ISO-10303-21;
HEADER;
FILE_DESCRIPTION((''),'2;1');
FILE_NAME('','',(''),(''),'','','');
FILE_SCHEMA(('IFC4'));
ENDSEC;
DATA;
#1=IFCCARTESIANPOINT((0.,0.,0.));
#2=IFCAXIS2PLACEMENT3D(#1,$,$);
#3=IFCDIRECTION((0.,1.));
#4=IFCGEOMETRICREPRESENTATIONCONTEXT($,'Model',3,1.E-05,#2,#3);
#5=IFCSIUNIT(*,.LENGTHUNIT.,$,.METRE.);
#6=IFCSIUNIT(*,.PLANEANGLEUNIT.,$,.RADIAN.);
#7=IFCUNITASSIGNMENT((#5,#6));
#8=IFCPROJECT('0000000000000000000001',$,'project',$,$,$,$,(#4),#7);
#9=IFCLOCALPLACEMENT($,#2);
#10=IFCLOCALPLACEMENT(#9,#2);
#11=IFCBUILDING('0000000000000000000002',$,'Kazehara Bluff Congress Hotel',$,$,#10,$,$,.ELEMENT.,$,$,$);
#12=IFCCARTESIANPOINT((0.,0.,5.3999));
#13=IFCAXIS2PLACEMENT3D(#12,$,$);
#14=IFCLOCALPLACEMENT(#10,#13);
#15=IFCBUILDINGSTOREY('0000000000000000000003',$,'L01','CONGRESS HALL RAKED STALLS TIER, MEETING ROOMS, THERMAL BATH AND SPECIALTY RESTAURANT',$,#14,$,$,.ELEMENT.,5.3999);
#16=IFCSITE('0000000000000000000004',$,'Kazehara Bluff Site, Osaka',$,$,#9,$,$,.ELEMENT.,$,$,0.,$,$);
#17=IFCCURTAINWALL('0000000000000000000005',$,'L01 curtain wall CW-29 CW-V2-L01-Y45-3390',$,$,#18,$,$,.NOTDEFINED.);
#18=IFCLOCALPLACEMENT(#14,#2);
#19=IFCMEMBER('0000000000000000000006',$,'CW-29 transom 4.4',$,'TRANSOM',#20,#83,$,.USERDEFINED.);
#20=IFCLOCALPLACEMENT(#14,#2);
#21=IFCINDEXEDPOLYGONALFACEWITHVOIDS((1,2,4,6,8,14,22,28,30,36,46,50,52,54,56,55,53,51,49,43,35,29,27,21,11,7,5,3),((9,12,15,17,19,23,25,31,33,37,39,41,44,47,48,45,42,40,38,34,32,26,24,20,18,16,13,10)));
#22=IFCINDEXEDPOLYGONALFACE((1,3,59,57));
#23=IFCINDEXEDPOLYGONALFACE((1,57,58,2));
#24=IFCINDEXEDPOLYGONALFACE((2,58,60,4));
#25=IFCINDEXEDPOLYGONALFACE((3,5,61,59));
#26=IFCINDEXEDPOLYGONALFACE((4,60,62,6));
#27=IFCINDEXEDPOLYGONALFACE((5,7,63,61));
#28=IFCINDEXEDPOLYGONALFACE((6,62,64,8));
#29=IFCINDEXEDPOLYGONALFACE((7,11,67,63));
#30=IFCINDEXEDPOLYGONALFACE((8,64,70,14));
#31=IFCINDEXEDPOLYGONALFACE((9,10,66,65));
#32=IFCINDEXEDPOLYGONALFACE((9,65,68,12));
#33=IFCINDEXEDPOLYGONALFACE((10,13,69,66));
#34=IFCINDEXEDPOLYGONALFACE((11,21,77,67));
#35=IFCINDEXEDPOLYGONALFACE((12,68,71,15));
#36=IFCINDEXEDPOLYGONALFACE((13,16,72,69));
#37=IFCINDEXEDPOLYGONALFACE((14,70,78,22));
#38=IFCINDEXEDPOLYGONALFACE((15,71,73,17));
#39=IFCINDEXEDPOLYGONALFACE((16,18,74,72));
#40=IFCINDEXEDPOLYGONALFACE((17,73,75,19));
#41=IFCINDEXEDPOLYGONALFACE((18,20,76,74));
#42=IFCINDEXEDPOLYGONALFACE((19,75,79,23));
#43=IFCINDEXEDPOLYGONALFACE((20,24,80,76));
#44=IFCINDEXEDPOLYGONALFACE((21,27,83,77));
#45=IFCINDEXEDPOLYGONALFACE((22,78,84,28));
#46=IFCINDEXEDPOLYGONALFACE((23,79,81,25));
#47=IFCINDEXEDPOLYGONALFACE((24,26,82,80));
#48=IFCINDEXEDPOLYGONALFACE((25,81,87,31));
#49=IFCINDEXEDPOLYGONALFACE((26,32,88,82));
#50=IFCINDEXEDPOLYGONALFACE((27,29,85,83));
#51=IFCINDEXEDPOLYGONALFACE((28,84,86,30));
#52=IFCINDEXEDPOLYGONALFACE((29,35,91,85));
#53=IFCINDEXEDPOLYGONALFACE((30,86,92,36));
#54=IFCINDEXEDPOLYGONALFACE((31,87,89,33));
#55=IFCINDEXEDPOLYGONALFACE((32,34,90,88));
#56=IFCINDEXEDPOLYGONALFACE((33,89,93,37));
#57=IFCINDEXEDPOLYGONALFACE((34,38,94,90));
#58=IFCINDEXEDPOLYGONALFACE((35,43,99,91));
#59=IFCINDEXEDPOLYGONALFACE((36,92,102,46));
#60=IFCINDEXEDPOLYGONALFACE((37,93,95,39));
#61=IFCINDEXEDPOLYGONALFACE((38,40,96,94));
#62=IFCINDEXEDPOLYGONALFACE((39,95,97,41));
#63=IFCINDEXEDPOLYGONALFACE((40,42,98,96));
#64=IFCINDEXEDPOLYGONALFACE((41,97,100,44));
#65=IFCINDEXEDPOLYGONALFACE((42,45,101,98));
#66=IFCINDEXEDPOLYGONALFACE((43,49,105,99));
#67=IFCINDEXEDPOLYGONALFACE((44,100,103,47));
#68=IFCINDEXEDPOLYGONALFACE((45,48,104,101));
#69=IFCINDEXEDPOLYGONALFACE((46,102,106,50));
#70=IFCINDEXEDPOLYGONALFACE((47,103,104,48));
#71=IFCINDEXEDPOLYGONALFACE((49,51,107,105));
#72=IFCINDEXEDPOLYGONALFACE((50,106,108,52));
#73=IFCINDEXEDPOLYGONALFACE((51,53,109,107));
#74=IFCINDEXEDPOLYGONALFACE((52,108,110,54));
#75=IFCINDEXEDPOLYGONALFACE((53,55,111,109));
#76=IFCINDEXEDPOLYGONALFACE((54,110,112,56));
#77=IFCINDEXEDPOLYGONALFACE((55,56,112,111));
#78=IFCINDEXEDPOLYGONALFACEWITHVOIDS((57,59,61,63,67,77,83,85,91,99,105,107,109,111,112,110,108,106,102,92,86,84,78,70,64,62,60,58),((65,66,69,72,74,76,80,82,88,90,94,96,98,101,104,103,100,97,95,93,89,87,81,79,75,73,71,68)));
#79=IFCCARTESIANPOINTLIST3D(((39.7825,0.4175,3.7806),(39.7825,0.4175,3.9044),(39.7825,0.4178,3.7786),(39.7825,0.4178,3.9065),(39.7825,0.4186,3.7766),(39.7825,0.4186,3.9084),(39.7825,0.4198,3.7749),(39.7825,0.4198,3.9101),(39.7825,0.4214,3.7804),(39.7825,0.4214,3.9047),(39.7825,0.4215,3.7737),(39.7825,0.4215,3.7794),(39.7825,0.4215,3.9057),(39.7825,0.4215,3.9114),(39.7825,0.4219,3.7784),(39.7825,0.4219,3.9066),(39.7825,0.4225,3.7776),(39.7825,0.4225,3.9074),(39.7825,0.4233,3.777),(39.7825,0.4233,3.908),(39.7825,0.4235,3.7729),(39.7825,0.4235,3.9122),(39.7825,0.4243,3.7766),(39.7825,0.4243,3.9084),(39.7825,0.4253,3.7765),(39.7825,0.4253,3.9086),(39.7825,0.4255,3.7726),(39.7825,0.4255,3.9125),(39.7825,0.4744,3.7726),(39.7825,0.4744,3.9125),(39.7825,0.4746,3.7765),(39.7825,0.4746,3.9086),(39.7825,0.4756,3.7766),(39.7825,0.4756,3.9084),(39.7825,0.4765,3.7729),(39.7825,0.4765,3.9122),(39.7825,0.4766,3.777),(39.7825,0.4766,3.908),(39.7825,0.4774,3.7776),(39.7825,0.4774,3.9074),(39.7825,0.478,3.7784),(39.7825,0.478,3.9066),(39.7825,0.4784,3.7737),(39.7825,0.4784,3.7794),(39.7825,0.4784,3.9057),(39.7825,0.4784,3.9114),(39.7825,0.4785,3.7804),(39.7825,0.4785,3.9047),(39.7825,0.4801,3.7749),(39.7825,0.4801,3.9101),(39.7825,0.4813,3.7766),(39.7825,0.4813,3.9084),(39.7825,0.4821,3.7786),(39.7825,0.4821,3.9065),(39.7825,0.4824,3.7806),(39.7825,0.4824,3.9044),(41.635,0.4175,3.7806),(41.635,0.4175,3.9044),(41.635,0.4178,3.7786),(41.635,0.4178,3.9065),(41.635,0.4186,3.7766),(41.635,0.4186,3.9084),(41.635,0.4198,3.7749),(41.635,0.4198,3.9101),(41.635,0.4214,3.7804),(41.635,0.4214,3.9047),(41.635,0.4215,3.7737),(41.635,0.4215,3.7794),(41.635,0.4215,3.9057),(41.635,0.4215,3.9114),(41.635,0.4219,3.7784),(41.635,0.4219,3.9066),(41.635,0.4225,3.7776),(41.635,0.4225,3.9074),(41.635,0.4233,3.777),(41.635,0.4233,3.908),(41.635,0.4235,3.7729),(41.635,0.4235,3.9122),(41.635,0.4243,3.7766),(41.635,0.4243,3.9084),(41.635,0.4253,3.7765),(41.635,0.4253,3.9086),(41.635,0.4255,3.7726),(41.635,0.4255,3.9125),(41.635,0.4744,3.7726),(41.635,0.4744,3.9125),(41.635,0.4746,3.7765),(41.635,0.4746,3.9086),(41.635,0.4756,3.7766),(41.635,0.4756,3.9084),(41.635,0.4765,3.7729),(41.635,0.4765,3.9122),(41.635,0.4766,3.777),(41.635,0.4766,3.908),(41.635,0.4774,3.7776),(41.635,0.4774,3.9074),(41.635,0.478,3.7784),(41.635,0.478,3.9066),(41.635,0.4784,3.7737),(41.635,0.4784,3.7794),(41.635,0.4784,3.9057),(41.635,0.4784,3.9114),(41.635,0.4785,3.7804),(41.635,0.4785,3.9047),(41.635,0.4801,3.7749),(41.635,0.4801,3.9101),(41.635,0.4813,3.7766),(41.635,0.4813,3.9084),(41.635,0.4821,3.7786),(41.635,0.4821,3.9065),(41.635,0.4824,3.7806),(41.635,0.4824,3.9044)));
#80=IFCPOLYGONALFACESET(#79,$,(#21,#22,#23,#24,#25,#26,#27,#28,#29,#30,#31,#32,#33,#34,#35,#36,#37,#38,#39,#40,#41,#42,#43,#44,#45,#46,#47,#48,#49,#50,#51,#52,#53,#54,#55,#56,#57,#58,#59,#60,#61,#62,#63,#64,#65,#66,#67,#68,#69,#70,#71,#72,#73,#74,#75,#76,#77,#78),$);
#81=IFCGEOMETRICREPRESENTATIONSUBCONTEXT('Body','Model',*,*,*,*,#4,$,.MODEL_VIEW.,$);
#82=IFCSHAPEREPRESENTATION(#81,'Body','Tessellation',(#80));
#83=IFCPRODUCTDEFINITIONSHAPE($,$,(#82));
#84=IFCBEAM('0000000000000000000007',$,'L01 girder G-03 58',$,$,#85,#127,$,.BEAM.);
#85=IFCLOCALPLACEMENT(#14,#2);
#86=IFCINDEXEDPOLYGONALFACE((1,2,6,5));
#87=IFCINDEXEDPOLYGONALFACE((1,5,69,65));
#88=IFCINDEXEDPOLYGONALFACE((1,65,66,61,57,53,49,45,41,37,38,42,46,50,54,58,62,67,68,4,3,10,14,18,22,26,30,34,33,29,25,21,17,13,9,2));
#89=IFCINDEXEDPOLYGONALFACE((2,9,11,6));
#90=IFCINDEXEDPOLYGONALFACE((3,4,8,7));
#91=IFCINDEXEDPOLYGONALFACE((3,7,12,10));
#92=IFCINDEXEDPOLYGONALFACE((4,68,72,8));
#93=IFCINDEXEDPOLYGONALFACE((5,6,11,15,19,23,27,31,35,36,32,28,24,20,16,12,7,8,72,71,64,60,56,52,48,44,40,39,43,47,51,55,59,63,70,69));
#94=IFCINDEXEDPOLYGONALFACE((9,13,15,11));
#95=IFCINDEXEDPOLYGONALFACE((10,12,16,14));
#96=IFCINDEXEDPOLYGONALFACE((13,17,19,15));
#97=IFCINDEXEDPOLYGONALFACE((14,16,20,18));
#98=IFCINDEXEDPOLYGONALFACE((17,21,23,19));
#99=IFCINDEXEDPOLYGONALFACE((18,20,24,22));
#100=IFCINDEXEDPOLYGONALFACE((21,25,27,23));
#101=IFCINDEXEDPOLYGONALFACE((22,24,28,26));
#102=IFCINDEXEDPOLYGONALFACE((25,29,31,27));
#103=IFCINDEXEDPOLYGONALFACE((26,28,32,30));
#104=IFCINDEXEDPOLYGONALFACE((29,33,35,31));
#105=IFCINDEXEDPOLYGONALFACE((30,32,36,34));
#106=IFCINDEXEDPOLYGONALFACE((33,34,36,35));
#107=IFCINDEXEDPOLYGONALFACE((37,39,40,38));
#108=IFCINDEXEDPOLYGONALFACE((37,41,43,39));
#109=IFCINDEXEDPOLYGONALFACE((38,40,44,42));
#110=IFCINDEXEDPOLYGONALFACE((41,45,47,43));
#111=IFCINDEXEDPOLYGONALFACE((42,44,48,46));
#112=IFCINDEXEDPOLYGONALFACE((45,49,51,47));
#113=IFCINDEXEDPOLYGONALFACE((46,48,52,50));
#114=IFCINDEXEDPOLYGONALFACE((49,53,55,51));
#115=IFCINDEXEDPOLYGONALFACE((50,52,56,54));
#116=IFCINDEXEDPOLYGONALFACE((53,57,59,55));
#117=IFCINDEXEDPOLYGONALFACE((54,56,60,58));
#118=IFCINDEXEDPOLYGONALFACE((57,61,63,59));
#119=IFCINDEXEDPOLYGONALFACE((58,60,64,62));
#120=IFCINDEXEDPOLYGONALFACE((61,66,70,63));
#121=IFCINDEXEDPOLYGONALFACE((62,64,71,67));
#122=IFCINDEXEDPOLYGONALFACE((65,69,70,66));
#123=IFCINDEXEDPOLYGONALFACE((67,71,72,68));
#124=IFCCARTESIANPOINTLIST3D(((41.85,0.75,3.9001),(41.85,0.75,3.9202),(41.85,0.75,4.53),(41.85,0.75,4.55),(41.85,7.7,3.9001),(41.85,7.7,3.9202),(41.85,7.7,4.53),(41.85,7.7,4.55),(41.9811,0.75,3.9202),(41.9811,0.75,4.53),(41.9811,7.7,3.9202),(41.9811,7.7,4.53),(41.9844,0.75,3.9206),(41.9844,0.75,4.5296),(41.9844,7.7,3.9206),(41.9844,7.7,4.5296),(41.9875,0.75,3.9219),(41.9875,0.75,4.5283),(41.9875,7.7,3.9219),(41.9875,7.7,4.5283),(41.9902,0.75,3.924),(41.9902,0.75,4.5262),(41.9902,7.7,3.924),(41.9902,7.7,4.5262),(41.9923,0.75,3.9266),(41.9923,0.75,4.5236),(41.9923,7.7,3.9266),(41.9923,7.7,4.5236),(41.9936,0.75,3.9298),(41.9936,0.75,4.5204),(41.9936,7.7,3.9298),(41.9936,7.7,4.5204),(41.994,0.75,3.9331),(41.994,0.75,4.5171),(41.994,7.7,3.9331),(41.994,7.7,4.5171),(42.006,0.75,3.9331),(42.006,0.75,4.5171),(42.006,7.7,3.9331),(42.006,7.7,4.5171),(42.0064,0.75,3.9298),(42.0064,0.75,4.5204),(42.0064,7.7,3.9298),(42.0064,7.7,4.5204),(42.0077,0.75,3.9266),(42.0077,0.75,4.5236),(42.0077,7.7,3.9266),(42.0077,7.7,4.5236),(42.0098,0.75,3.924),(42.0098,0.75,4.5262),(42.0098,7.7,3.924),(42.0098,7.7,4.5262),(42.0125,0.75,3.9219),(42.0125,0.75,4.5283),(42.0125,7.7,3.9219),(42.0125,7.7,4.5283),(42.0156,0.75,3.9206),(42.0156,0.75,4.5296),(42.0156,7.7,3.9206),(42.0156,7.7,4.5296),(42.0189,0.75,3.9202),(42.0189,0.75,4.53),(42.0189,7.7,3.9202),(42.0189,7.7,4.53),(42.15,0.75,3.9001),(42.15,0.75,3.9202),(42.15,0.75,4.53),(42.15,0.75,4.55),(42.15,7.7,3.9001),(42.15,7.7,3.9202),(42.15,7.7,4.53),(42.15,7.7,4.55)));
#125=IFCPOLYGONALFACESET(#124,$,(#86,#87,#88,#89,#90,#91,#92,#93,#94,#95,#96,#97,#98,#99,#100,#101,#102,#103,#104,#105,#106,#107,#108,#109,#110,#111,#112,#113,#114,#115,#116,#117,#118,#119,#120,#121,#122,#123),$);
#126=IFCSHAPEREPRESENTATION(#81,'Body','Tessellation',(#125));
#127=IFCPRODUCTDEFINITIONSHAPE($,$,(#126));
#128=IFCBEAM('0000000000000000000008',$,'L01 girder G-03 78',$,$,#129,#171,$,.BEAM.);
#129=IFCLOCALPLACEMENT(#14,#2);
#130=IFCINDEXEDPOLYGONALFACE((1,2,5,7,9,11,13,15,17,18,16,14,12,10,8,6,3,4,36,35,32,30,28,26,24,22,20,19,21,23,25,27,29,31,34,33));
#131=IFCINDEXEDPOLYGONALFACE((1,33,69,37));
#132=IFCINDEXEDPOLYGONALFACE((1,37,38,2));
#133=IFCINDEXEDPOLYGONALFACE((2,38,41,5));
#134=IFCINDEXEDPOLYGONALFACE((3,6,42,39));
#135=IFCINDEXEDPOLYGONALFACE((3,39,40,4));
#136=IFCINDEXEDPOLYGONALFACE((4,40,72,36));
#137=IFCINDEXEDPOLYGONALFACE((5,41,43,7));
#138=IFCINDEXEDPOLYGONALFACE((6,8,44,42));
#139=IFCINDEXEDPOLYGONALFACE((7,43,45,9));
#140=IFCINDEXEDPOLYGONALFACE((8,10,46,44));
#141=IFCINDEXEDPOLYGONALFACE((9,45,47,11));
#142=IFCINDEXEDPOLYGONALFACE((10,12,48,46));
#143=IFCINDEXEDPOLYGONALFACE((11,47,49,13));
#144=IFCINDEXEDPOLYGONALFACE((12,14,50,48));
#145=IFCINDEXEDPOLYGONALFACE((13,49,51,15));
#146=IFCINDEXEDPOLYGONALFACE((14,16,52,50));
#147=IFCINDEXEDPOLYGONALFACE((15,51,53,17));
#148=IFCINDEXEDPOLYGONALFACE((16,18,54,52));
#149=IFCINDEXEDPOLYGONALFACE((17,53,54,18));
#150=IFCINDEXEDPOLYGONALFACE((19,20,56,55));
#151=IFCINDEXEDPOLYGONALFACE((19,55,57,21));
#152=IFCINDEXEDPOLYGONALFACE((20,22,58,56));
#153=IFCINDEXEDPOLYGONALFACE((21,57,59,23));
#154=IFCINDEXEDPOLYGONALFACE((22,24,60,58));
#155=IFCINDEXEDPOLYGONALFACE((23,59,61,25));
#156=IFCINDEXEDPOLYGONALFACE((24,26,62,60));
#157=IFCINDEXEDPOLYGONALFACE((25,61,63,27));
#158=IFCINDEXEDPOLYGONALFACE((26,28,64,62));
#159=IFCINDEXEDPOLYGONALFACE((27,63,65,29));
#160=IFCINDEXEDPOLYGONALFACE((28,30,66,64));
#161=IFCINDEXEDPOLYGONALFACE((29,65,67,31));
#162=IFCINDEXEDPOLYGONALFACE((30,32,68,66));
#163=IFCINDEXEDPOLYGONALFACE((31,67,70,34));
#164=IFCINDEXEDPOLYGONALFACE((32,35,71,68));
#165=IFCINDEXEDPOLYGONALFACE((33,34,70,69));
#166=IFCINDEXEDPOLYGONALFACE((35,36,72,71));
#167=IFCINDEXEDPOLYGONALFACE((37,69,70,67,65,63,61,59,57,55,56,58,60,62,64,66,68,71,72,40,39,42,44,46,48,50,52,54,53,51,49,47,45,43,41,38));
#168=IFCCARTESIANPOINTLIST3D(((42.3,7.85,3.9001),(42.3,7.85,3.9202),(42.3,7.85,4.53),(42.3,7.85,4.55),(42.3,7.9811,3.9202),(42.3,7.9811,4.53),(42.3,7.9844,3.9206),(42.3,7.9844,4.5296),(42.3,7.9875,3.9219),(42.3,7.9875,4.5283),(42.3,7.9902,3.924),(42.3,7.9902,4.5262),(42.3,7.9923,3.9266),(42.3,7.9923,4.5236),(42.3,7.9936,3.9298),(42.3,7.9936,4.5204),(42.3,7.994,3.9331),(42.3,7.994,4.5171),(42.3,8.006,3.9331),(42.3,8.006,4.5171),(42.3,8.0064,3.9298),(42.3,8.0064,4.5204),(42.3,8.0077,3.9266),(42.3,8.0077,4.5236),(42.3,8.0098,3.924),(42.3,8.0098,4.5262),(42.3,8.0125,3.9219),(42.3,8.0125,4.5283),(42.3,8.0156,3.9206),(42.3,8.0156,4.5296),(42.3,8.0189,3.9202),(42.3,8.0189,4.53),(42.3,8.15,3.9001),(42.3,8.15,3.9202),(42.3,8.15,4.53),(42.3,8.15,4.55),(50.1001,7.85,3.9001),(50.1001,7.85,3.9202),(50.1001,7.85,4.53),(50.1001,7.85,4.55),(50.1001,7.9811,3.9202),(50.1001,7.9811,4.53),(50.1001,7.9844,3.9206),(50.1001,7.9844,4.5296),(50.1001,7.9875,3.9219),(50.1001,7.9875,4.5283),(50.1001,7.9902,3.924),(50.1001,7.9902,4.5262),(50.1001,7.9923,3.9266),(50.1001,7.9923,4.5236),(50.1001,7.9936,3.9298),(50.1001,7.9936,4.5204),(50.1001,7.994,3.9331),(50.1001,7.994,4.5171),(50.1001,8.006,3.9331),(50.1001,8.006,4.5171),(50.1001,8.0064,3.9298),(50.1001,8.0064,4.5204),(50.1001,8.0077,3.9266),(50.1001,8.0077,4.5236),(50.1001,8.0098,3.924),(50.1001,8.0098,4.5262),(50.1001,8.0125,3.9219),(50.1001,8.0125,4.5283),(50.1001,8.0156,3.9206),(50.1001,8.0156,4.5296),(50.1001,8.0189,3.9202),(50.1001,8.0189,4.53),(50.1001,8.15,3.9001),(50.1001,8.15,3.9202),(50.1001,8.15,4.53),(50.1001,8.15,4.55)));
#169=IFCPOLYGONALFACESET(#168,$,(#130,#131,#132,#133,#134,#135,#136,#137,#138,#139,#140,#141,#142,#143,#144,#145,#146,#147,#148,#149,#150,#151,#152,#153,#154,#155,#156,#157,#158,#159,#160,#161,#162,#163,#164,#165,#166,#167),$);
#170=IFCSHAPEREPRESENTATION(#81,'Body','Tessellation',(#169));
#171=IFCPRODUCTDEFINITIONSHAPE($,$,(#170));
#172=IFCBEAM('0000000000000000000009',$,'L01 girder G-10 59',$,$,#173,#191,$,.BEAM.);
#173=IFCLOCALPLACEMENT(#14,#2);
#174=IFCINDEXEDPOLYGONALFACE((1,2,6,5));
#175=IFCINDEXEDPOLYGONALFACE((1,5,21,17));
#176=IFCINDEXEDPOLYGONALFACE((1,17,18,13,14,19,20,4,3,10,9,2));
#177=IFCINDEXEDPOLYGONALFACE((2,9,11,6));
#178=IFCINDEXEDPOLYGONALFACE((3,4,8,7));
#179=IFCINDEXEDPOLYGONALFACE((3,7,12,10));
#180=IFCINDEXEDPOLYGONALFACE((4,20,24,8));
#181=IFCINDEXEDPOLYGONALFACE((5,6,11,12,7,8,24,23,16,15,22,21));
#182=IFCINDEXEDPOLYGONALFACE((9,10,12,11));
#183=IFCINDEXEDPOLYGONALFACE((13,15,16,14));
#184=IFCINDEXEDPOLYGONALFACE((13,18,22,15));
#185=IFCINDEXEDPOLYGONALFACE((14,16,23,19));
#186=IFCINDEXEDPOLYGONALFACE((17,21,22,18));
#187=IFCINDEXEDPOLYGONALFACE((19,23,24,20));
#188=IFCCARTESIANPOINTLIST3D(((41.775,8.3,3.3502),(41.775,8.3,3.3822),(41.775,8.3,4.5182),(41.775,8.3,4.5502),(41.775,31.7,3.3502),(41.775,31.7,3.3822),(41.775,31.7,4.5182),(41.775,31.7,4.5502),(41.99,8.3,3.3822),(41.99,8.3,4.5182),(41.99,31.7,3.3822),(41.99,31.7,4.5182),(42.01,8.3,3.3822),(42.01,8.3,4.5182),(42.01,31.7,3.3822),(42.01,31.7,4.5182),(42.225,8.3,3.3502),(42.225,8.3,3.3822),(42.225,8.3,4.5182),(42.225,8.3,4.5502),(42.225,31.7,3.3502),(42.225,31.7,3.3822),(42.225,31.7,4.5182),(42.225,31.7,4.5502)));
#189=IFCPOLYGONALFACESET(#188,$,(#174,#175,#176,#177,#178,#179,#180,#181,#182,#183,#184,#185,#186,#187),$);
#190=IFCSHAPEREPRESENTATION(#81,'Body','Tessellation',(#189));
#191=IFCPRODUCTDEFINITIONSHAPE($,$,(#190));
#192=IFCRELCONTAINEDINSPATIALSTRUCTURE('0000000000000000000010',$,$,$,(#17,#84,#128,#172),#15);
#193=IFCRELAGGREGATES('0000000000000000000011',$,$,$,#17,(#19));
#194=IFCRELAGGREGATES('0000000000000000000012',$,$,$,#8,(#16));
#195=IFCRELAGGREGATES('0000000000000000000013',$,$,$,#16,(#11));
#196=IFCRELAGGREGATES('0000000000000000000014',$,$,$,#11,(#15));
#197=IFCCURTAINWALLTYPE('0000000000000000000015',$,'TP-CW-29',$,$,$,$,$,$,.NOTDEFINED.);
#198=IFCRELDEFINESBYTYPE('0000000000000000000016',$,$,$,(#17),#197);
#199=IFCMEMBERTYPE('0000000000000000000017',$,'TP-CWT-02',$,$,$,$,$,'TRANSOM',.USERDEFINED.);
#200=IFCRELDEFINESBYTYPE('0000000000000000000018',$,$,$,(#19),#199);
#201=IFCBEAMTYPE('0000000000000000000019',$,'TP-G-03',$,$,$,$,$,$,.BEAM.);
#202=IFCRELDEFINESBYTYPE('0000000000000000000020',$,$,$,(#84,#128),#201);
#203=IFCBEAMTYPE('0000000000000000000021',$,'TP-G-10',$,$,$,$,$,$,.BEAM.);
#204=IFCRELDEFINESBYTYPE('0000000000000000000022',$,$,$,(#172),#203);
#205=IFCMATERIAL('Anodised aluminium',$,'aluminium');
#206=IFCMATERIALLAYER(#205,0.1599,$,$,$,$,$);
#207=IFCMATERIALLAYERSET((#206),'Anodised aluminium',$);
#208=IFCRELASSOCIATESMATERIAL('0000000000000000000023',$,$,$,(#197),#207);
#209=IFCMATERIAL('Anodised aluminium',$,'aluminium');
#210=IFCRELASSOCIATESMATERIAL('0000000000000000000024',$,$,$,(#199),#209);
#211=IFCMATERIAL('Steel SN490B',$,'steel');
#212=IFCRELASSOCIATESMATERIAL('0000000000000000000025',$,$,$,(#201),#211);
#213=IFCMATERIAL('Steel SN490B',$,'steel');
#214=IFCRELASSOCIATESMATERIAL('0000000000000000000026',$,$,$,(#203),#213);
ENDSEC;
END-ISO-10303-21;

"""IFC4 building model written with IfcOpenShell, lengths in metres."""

from ifc_helpers import new_model, si_unit, direction, frame, origin, origin_2d, place, context, subcontext, project, spatial, hollow_rectangle, i_section, extrude, material, layer, layer_set, material_profile, profile_set, type_object, element, aggregate, save


model = new_model("IFC4")

# Units and contexts
model_context = context("Model", 3, precision=1e-05, world=origin(), true_north=direction((0.0, 1.0)))
body_context = subcontext(model_context, "Body", "Model", "MODEL_VIEW")
ifc_project = project(units=[si_unit("LENGTHUNIT", "METRE"), si_unit("PLANEANGLEUNIT", "RADIAN")], contexts=[model_context])

# Site, building, storey
site_placement = place(None, origin())
site = spatial("IfcSite", under=ifc_project, at=site_placement, Name="Kazehara Bluff Site, Osaka", CompositionType="ELEMENT", RefElevation=0.0)
building_placement = place(site_placement, origin())
building = spatial("IfcBuilding", under=site, at=building_placement, Name="Kazehara Bluff Congress Hotel", CompositionType="ELEMENT")
storey_placement = place(building_placement, frame((0.0, 0.0, 5.3999)))
storey = spatial("IfcBuildingStorey", under=building, at=storey_placement, Name="L01", Description="CONGRESS HALL RAKED STALLS TIER, MEETING ROOMS, THERMAL BATH AND SPECIALTY RESTAURANT", CompositionType="ELEMENT", Elevation=5.3999)

# Curtain wall, member
ifc_material_1 = material(Name="Anodised aluminium", Category="aluminium")
ifc_layer_1 = layer(ifc_material_1, 0.1599)
ifc_layer_set_1 = layer_set([ifc_layer_1], Name="Anodised aluminium")
curtain_wall_type = type_object("IfcCurtainWallType", Name="TP-CW-29", PredefinedType="NOTDEFINED", material=ifc_layer_set_1)
curtain_wall_placement = place(storey_placement, origin())
curtain_wall = element("IfcCurtainWall", 1, at=curtain_wall_placement, inside=storey, type_object=curtain_wall_type, Name="L01 curtain wall CW-29 CW-V2-L01-Y45-3390", PredefinedType="NOTDEFINED")
ifc_material_2 = material(Name="Anodised aluminium", Category="aluminium")
ifc_material_profile_1 = material_profile(ifc_material_2, hollow_rectangle(XDim=0.0649, YDim=0.1399, WallThickness=0.0039, InnerFilletRadius=0.0039, OuterFilletRadius=0.0081, at=origin_2d()))
ifc_profile_set_1 = profile_set([ifc_material_profile_1], Name="Anodised aluminium")
member_type_1 = type_object("IfcMemberType", Name="TP-CWT-02", ElementType="TRANSOM", PredefinedType="USERDEFINED", material=ifc_profile_set_1)
member_1_placement = place(storey_placement, frame((39.7825, 0.45, 3.8425), z_axis=(1.0, 0.0, 0.0), x_axis=(0.0, 1.0, 0.0)))
member_1 = element("IfcMember", 2, at=member_1_placement, type_object=member_type_1, Name="CW-29 transom 4.4", ObjectType="TRANSOM", PredefinedType="USERDEFINED", context=body_context, shape_type="SweptSolid", body=[
    extrude(hollow_rectangle(XDim=0.0649, YDim=0.1399, WallThickness=0.0039, InnerFilletRadius=0.0039, OuterFilletRadius=0.0081, at=origin_2d()), origin(), (0.0, 0.0, 1.0), 1.8525),
])

# Beams
ifc_material_3 = material(Name="Steel SN490B", Category="steel")
ifc_material_profile_2 = material_profile(ifc_material_3, i_section(OverallWidth=0.3, OverallDepth=0.6499, WebThickness=0.012, FlangeThickness=0.02, FilletRadius=0.0129, at=origin_2d()))
ifc_profile_set_2 = profile_set([ifc_material_profile_2], Name="Steel SN490B")
beam_type_1 = type_object("IfcBeamType", Name="TP-G-03", PredefinedType="BEAM", material=ifc_profile_set_2)
beam_1_placement = place(storey_placement, frame((42.0, 0.75, 4.2251), z_axis=(0.0, 1.0, 0.0), x_axis=(-1.0, 0.0, 0.0)))
element("IfcBeam", 3, at=beam_1_placement, inside=storey, type_object=beam_type_1, Name="L01 girder G-03 58", PredefinedType="BEAM", context=body_context, shape_type="SweptSolid", body=[
    extrude(i_section(OverallWidth=0.3, OverallDepth=0.6499, WebThickness=0.012, FlangeThickness=0.02, FilletRadius=0.0129, at=origin_2d()), origin(), (0.0, 0.0, 1.0), 6.95),
])
beam_2_placement = place(storey_placement, frame((42.3, 8.0, 4.2251), z_axis=(1.0, 0.0, 0.0), x_axis=(0.0, 1.0, 0.0)))
element("IfcBeam", 4, at=beam_2_placement, inside=storey, type_object=beam_type_1, Name="L01 girder G-03 78", PredefinedType="BEAM", context=body_context, shape_type="SweptSolid", body=[
    extrude(i_section(OverallWidth=0.3, OverallDepth=0.6499, WebThickness=0.012, FlangeThickness=0.02, FilletRadius=0.0129, at=origin_2d()), origin(), (0.0, 0.0, 1.0), 7.8),
])
ifc_material_4 = material(Name="Steel SN490B", Category="steel")
ifc_material_profile_3 = material_profile(ifc_material_4, i_section(OverallWidth=0.45, OverallDepth=1.2, WebThickness=0.02, FlangeThickness=0.032, at=origin_2d()))
ifc_profile_set_3 = profile_set([ifc_material_profile_3], Name="Steel SN490B")
beam_type_2 = type_object("IfcBeamType", Name="TP-G-10", PredefinedType="BEAM", material=ifc_profile_set_3)
beam_3_placement = place(storey_placement, frame((42.0, 8.3, 3.9502), z_axis=(0.0, 1.0, 0.0), x_axis=(-1.0, 0.0, 0.0)))
element("IfcBeam", 5, at=beam_3_placement, inside=storey, type_object=beam_type_2, Name="L01 girder G-10 59", PredefinedType="BEAM", context=body_context, shape_type="SweptSolid", body=[
    extrude(i_section(OverallWidth=0.45, OverallDepth=1.2, WebThickness=0.02, FlangeThickness=0.032, at=origin_2d()), origin(), (0.0, 0.0, 1.0), 23.3999),
])

aggregate(curtain_wall, [member_1])

save(model, "model.ifc")
